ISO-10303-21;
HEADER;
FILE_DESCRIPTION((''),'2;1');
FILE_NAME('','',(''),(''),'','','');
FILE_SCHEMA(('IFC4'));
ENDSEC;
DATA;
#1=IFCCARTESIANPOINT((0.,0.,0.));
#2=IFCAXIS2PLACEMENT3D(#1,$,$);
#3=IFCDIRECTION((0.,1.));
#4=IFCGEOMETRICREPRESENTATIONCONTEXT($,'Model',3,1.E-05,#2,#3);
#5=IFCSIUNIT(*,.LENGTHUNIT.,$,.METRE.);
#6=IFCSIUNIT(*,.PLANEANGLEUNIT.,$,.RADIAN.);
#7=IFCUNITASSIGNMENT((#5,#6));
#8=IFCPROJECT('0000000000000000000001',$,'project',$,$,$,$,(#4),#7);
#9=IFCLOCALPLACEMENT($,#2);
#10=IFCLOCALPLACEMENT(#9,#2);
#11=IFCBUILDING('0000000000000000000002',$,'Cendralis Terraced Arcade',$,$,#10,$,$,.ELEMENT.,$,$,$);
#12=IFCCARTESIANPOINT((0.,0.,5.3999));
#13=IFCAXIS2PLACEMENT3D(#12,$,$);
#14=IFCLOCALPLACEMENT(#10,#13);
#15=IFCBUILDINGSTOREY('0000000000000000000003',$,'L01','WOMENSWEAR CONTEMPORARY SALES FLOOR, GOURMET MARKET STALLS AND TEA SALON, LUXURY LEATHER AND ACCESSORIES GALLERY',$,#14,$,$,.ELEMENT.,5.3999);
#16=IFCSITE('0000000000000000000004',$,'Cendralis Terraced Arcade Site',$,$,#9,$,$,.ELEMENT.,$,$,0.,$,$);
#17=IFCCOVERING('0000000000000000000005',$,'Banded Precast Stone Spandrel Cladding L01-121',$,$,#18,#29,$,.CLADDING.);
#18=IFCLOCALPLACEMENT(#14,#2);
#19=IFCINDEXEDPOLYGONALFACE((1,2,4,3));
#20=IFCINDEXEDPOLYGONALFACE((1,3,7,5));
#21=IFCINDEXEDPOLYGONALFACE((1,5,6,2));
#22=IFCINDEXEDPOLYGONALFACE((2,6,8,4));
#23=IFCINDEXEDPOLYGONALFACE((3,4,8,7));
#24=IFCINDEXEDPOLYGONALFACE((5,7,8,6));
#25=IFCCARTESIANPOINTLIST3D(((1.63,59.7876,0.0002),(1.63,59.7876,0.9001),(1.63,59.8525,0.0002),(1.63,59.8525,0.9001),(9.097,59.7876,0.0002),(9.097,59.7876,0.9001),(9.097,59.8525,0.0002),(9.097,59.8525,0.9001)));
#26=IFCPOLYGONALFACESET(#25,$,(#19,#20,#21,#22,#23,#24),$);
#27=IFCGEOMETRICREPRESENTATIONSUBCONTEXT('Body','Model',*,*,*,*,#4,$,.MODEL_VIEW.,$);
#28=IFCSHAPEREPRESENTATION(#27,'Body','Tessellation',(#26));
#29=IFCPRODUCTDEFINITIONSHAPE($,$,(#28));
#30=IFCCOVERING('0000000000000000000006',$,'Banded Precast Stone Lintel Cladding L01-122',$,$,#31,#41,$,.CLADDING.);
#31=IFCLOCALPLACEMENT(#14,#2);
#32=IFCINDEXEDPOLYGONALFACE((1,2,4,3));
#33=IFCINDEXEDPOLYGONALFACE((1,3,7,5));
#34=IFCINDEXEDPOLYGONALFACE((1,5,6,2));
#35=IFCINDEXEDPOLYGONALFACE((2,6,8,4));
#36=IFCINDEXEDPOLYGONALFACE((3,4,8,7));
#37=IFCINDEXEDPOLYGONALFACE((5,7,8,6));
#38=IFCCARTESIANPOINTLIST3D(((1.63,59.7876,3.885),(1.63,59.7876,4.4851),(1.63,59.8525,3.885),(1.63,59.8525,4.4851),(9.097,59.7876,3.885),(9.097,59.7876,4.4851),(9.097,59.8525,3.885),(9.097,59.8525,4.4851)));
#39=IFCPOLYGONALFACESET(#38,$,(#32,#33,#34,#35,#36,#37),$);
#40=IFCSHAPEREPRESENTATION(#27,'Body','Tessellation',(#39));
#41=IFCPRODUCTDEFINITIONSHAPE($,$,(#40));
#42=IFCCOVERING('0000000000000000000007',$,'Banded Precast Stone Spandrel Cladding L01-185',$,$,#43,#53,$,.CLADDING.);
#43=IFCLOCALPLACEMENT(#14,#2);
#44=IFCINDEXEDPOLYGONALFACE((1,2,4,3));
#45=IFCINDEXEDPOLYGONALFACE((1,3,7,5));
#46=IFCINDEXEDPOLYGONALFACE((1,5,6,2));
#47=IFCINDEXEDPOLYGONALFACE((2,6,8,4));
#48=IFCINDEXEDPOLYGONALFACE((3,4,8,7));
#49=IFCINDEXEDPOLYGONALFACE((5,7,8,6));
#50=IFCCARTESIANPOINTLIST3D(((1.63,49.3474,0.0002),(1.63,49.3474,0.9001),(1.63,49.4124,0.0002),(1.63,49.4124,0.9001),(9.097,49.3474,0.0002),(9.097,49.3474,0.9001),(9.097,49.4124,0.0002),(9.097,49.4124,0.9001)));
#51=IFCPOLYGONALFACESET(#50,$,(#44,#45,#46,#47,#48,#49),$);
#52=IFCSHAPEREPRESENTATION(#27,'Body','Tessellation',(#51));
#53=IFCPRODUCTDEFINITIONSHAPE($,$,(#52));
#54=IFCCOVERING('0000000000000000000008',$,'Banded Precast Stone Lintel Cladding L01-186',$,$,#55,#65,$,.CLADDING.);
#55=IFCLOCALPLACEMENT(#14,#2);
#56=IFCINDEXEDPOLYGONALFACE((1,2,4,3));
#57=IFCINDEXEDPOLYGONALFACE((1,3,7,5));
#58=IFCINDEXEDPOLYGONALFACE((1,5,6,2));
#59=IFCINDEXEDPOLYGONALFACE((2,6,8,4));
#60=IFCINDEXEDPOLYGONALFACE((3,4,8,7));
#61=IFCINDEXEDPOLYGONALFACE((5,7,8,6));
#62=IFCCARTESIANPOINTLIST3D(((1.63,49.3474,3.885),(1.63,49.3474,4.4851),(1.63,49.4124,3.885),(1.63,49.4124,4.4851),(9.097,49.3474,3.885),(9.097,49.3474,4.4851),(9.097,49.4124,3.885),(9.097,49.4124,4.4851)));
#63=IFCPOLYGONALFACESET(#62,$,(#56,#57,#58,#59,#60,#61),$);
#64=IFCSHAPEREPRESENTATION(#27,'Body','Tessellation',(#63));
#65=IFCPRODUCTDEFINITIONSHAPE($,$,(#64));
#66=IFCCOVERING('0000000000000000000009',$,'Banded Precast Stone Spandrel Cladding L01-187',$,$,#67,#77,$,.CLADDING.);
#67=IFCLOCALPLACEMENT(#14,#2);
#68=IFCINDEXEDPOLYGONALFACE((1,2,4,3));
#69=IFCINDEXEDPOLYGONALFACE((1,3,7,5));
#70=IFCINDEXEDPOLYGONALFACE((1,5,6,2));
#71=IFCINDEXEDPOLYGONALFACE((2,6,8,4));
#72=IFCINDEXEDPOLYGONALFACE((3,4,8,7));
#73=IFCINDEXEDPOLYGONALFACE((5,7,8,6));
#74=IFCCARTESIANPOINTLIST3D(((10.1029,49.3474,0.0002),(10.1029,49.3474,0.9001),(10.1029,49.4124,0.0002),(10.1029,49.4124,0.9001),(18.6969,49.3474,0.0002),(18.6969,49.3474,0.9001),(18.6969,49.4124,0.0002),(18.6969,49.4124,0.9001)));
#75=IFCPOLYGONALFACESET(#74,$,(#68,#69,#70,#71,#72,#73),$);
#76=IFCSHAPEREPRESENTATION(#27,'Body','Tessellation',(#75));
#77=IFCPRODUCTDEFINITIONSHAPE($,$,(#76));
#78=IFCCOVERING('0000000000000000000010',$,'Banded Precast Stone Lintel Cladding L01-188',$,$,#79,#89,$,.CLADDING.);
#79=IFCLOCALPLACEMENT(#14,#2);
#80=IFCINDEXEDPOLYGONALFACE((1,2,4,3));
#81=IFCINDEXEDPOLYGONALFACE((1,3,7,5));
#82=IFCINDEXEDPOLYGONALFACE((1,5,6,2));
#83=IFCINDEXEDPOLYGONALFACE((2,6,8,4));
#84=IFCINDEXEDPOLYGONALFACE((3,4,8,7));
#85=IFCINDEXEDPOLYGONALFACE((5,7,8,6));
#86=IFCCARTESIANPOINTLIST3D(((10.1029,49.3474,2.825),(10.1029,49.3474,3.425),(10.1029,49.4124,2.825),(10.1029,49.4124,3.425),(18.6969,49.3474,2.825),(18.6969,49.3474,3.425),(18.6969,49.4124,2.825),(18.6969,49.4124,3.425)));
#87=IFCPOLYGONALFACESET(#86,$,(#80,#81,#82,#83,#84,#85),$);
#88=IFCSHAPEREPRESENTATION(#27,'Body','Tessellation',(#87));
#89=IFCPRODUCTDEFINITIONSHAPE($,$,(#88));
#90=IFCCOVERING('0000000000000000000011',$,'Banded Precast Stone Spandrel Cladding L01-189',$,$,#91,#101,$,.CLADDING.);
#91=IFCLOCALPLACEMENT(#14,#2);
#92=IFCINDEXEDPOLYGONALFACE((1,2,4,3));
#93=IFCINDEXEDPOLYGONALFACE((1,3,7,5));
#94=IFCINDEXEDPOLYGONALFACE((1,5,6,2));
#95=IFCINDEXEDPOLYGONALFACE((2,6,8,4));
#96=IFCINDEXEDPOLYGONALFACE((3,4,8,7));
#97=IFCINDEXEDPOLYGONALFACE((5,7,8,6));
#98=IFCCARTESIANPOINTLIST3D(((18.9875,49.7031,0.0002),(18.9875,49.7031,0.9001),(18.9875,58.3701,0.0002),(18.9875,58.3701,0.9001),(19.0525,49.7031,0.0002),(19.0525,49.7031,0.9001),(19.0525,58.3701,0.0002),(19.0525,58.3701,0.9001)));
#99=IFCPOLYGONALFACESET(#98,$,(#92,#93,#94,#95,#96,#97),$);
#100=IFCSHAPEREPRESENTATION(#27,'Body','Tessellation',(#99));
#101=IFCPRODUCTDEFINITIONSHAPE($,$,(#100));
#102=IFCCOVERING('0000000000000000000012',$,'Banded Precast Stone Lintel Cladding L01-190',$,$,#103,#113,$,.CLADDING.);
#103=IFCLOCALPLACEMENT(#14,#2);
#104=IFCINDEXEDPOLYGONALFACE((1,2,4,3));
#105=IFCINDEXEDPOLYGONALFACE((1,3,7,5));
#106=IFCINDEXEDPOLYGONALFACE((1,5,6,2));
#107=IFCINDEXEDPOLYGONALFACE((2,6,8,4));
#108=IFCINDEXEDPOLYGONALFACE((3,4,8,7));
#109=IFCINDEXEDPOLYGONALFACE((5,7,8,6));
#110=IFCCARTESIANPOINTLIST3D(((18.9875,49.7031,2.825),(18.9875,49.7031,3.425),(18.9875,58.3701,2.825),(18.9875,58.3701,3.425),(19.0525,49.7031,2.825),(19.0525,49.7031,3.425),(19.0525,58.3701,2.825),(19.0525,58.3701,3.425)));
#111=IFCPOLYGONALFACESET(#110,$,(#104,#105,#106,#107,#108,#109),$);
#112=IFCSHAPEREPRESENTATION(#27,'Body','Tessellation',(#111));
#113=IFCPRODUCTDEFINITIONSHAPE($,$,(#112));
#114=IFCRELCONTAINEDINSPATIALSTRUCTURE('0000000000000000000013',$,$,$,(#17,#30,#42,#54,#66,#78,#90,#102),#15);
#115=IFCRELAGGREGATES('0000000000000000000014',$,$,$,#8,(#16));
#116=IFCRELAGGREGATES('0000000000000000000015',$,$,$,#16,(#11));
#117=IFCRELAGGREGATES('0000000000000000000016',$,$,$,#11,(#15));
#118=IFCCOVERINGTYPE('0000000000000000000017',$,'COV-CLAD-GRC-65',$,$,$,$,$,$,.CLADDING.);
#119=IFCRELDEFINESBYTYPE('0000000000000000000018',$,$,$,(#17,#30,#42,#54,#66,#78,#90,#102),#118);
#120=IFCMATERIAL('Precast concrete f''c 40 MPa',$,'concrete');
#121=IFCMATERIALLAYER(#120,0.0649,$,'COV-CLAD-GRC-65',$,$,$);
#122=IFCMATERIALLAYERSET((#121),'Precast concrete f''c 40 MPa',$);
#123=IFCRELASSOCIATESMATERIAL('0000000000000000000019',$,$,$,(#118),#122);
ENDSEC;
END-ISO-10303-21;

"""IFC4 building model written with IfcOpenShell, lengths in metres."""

from ifc_helpers import new_model, si_unit, direction, frame, origin, origin_2d, place, context, subcontext, project, spatial, rectangle, extrude, material, layer, layer_set, type_object, element, save


model = new_model("IFC4")

# Units and contexts
model_context = context("Model", 3, precision=1e-05, world=origin(), true_north=direction((0.0, 1.0)))
body_context = subcontext(model_context, "Body", "Model", "MODEL_VIEW")
ifc_project = project(units=[si_unit("LENGTHUNIT", "METRE"), si_unit("PLANEANGLEUNIT", "RADIAN")], contexts=[model_context])

# Site, building, storey
site_placement = place(None, origin())
site = spatial("IfcSite", under=ifc_project, at=site_placement, Name="Cendralis Terraced Arcade Site", CompositionType="ELEMENT", RefElevation=0.0)
building_placement = place(site_placement, origin())
building = spatial("IfcBuilding", under=site, at=building_placement, Name="Cendralis Terraced Arcade", CompositionType="ELEMENT")
storey_placement = place(building_placement, frame((0.0, 0.0, 5.3999)))
storey = spatial("IfcBuildingStorey", under=building, at=storey_placement, Name="L01", Description="WOMENSWEAR CONTEMPORARY SALES FLOOR, GOURMET MARKET STALLS AND TEA SALON, LUXURY LEATHER AND ACCESSORIES GALLERY", CompositionType="ELEMENT", Elevation=5.3999)

# Shared definitions
ifc_material_1 = material(Name="Precast concrete f'c 40 MPa", Category="concrete")

# Coverings
ifc_layer_1 = layer(ifc_material_1, 0.0649, Name="COV-CLAD-GRC-65")
ifc_layer_set_1 = layer_set([ifc_layer_1], Name="Precast concrete f'c 40 MPa")
covering_type = type_object("IfcCoveringType", Name="COV-CLAD-GRC-65", PredefinedType="CLADDING", material=ifc_layer_set_1)
covering_1_placement = place(storey_placement, frame((5.3635, 59.8201, 0.0002), z_axis=(0.0, 0.0, 1.0), x_axis=(-1.0, 0.0, 0.0)))
element("IfcCovering", 1, at=covering_1_placement, inside=storey, type_object=covering_type, Name="Banded Precast Stone Spandrel Cladding L01-121", PredefinedType="CLADDING", context=body_context, shape_type="SweptSolid", body=[
    extrude(rectangle(XDim=7.467, YDim=0.0649, at=origin_2d()), origin(), (0.0, 0.0, 1.0), 0.8999),
])
covering_2_placement = place(storey_placement, frame((5.3635, 59.8201, 3.885), z_axis=(0.0, 0.0, 1.0), x_axis=(-1.0, 0.0, 0.0)))
element("IfcCovering", 2, at=covering_2_placement, inside=storey, type_object=covering_type, Name="Banded Precast Stone Lintel Cladding L01-122", PredefinedType="CLADDING", context=body_context, shape_type="SweptSolid", body=[
    extrude(rectangle(XDim=7.467, YDim=0.0649, at=origin_2d()), origin(), (0.0, 0.0, 1.0), 0.6001),
])
covering_3_placement = place(storey_placement, frame((5.3635, 49.3799, 0.0002), z_axis=(0.0, 0.0, 1.0), x_axis=(1.0, 0.0, 0.0)))
element("IfcCovering", 3, at=covering_3_placement, inside=storey, type_object=covering_type, Name="Banded Precast Stone Spandrel Cladding L01-185", PredefinedType="CLADDING", context=body_context, shape_type="SweptSolid", body=[
    extrude(rectangle(XDim=7.467, YDim=0.0649, at=origin_2d()), origin(), (0.0, 0.0, 1.0), 0.8999),
])
covering_4_placement = place(storey_placement, frame((5.3635, 49.3799, 3.885), z_axis=(0.0, 0.0, 1.0), x_axis=(1.0, 0.0, 0.0)))
element("IfcCovering", 4, at=covering_4_placement, inside=storey, type_object=covering_type, Name="Banded Precast Stone Lintel Cladding L01-186", PredefinedType="CLADDING", context=body_context, shape_type="SweptSolid", body=[
    extrude(rectangle(XDim=7.467, YDim=0.0649, at=origin_2d()), origin(), (0.0, 0.0, 1.0), 0.6001),
])
covering_5_placement = place(storey_placement, frame((14.3999, 49.3799, 0.0002), z_axis=(0.0, 0.0, 1.0), x_axis=(1.0, 0.0, 0.0)))
element("IfcCovering", 5, at=covering_5_placement, inside=storey, type_object=covering_type, Name="Banded Precast Stone Spandrel Cladding L01-187", PredefinedType="CLADDING", context=body_context, shape_type="SweptSolid", body=[
    extrude(rectangle(XDim=8.594, YDim=0.0649, at=origin_2d()), origin(), (0.0, 0.0, 1.0), 0.8999),
])
covering_6_placement = place(storey_placement, frame((14.3999, 49.3799, 2.825), z_axis=(0.0, 0.0, 1.0), x_axis=(1.0, 0.0, 0.0)))
element("IfcCovering", 6, at=covering_6_placement, inside=storey, type_object=covering_type, Name="Banded Precast Stone Lintel Cladding L01-188", PredefinedType="CLADDING", context=body_context, shape_type="SweptSolid", body=[
    extrude(rectangle(XDim=8.594, YDim=0.0649, at=origin_2d()), origin(), (0.0, 0.0, 1.0), 0.6001),
])
covering_7_placement = place(storey_placement, frame((19.02, 54.0366, 0.0002), z_axis=(0.0, 0.0, 1.0), x_axis=(0.0, 1.0, 0.0)))
element("IfcCovering", 7, at=covering_7_placement, inside=storey, type_object=covering_type, Name="Banded Precast Stone Spandrel Cladding L01-189", PredefinedType="CLADDING", context=body_context, shape_type="SweptSolid", body=[
    extrude(rectangle(XDim=8.667, YDim=0.0649, at=origin_2d()), origin(), (0.0, 0.0, 1.0), 0.8999),
])
covering_8_placement = place(storey_placement, frame((19.02, 54.0366, 2.825), z_axis=(0.0, 0.0, 1.0), x_axis=(0.0, 1.0, 0.0)))
element("IfcCovering", 8, at=covering_8_placement, inside=storey, type_object=covering_type, Name="Banded Precast Stone Lintel Cladding L01-190", PredefinedType="CLADDING", context=body_context, shape_type="SweptSolid", body=[
    extrude(rectangle(XDim=8.667, YDim=0.0649, at=origin_2d()), origin(), (0.0, 0.0, 1.0), 0.6001),
])

save(model, "model.ifc")
